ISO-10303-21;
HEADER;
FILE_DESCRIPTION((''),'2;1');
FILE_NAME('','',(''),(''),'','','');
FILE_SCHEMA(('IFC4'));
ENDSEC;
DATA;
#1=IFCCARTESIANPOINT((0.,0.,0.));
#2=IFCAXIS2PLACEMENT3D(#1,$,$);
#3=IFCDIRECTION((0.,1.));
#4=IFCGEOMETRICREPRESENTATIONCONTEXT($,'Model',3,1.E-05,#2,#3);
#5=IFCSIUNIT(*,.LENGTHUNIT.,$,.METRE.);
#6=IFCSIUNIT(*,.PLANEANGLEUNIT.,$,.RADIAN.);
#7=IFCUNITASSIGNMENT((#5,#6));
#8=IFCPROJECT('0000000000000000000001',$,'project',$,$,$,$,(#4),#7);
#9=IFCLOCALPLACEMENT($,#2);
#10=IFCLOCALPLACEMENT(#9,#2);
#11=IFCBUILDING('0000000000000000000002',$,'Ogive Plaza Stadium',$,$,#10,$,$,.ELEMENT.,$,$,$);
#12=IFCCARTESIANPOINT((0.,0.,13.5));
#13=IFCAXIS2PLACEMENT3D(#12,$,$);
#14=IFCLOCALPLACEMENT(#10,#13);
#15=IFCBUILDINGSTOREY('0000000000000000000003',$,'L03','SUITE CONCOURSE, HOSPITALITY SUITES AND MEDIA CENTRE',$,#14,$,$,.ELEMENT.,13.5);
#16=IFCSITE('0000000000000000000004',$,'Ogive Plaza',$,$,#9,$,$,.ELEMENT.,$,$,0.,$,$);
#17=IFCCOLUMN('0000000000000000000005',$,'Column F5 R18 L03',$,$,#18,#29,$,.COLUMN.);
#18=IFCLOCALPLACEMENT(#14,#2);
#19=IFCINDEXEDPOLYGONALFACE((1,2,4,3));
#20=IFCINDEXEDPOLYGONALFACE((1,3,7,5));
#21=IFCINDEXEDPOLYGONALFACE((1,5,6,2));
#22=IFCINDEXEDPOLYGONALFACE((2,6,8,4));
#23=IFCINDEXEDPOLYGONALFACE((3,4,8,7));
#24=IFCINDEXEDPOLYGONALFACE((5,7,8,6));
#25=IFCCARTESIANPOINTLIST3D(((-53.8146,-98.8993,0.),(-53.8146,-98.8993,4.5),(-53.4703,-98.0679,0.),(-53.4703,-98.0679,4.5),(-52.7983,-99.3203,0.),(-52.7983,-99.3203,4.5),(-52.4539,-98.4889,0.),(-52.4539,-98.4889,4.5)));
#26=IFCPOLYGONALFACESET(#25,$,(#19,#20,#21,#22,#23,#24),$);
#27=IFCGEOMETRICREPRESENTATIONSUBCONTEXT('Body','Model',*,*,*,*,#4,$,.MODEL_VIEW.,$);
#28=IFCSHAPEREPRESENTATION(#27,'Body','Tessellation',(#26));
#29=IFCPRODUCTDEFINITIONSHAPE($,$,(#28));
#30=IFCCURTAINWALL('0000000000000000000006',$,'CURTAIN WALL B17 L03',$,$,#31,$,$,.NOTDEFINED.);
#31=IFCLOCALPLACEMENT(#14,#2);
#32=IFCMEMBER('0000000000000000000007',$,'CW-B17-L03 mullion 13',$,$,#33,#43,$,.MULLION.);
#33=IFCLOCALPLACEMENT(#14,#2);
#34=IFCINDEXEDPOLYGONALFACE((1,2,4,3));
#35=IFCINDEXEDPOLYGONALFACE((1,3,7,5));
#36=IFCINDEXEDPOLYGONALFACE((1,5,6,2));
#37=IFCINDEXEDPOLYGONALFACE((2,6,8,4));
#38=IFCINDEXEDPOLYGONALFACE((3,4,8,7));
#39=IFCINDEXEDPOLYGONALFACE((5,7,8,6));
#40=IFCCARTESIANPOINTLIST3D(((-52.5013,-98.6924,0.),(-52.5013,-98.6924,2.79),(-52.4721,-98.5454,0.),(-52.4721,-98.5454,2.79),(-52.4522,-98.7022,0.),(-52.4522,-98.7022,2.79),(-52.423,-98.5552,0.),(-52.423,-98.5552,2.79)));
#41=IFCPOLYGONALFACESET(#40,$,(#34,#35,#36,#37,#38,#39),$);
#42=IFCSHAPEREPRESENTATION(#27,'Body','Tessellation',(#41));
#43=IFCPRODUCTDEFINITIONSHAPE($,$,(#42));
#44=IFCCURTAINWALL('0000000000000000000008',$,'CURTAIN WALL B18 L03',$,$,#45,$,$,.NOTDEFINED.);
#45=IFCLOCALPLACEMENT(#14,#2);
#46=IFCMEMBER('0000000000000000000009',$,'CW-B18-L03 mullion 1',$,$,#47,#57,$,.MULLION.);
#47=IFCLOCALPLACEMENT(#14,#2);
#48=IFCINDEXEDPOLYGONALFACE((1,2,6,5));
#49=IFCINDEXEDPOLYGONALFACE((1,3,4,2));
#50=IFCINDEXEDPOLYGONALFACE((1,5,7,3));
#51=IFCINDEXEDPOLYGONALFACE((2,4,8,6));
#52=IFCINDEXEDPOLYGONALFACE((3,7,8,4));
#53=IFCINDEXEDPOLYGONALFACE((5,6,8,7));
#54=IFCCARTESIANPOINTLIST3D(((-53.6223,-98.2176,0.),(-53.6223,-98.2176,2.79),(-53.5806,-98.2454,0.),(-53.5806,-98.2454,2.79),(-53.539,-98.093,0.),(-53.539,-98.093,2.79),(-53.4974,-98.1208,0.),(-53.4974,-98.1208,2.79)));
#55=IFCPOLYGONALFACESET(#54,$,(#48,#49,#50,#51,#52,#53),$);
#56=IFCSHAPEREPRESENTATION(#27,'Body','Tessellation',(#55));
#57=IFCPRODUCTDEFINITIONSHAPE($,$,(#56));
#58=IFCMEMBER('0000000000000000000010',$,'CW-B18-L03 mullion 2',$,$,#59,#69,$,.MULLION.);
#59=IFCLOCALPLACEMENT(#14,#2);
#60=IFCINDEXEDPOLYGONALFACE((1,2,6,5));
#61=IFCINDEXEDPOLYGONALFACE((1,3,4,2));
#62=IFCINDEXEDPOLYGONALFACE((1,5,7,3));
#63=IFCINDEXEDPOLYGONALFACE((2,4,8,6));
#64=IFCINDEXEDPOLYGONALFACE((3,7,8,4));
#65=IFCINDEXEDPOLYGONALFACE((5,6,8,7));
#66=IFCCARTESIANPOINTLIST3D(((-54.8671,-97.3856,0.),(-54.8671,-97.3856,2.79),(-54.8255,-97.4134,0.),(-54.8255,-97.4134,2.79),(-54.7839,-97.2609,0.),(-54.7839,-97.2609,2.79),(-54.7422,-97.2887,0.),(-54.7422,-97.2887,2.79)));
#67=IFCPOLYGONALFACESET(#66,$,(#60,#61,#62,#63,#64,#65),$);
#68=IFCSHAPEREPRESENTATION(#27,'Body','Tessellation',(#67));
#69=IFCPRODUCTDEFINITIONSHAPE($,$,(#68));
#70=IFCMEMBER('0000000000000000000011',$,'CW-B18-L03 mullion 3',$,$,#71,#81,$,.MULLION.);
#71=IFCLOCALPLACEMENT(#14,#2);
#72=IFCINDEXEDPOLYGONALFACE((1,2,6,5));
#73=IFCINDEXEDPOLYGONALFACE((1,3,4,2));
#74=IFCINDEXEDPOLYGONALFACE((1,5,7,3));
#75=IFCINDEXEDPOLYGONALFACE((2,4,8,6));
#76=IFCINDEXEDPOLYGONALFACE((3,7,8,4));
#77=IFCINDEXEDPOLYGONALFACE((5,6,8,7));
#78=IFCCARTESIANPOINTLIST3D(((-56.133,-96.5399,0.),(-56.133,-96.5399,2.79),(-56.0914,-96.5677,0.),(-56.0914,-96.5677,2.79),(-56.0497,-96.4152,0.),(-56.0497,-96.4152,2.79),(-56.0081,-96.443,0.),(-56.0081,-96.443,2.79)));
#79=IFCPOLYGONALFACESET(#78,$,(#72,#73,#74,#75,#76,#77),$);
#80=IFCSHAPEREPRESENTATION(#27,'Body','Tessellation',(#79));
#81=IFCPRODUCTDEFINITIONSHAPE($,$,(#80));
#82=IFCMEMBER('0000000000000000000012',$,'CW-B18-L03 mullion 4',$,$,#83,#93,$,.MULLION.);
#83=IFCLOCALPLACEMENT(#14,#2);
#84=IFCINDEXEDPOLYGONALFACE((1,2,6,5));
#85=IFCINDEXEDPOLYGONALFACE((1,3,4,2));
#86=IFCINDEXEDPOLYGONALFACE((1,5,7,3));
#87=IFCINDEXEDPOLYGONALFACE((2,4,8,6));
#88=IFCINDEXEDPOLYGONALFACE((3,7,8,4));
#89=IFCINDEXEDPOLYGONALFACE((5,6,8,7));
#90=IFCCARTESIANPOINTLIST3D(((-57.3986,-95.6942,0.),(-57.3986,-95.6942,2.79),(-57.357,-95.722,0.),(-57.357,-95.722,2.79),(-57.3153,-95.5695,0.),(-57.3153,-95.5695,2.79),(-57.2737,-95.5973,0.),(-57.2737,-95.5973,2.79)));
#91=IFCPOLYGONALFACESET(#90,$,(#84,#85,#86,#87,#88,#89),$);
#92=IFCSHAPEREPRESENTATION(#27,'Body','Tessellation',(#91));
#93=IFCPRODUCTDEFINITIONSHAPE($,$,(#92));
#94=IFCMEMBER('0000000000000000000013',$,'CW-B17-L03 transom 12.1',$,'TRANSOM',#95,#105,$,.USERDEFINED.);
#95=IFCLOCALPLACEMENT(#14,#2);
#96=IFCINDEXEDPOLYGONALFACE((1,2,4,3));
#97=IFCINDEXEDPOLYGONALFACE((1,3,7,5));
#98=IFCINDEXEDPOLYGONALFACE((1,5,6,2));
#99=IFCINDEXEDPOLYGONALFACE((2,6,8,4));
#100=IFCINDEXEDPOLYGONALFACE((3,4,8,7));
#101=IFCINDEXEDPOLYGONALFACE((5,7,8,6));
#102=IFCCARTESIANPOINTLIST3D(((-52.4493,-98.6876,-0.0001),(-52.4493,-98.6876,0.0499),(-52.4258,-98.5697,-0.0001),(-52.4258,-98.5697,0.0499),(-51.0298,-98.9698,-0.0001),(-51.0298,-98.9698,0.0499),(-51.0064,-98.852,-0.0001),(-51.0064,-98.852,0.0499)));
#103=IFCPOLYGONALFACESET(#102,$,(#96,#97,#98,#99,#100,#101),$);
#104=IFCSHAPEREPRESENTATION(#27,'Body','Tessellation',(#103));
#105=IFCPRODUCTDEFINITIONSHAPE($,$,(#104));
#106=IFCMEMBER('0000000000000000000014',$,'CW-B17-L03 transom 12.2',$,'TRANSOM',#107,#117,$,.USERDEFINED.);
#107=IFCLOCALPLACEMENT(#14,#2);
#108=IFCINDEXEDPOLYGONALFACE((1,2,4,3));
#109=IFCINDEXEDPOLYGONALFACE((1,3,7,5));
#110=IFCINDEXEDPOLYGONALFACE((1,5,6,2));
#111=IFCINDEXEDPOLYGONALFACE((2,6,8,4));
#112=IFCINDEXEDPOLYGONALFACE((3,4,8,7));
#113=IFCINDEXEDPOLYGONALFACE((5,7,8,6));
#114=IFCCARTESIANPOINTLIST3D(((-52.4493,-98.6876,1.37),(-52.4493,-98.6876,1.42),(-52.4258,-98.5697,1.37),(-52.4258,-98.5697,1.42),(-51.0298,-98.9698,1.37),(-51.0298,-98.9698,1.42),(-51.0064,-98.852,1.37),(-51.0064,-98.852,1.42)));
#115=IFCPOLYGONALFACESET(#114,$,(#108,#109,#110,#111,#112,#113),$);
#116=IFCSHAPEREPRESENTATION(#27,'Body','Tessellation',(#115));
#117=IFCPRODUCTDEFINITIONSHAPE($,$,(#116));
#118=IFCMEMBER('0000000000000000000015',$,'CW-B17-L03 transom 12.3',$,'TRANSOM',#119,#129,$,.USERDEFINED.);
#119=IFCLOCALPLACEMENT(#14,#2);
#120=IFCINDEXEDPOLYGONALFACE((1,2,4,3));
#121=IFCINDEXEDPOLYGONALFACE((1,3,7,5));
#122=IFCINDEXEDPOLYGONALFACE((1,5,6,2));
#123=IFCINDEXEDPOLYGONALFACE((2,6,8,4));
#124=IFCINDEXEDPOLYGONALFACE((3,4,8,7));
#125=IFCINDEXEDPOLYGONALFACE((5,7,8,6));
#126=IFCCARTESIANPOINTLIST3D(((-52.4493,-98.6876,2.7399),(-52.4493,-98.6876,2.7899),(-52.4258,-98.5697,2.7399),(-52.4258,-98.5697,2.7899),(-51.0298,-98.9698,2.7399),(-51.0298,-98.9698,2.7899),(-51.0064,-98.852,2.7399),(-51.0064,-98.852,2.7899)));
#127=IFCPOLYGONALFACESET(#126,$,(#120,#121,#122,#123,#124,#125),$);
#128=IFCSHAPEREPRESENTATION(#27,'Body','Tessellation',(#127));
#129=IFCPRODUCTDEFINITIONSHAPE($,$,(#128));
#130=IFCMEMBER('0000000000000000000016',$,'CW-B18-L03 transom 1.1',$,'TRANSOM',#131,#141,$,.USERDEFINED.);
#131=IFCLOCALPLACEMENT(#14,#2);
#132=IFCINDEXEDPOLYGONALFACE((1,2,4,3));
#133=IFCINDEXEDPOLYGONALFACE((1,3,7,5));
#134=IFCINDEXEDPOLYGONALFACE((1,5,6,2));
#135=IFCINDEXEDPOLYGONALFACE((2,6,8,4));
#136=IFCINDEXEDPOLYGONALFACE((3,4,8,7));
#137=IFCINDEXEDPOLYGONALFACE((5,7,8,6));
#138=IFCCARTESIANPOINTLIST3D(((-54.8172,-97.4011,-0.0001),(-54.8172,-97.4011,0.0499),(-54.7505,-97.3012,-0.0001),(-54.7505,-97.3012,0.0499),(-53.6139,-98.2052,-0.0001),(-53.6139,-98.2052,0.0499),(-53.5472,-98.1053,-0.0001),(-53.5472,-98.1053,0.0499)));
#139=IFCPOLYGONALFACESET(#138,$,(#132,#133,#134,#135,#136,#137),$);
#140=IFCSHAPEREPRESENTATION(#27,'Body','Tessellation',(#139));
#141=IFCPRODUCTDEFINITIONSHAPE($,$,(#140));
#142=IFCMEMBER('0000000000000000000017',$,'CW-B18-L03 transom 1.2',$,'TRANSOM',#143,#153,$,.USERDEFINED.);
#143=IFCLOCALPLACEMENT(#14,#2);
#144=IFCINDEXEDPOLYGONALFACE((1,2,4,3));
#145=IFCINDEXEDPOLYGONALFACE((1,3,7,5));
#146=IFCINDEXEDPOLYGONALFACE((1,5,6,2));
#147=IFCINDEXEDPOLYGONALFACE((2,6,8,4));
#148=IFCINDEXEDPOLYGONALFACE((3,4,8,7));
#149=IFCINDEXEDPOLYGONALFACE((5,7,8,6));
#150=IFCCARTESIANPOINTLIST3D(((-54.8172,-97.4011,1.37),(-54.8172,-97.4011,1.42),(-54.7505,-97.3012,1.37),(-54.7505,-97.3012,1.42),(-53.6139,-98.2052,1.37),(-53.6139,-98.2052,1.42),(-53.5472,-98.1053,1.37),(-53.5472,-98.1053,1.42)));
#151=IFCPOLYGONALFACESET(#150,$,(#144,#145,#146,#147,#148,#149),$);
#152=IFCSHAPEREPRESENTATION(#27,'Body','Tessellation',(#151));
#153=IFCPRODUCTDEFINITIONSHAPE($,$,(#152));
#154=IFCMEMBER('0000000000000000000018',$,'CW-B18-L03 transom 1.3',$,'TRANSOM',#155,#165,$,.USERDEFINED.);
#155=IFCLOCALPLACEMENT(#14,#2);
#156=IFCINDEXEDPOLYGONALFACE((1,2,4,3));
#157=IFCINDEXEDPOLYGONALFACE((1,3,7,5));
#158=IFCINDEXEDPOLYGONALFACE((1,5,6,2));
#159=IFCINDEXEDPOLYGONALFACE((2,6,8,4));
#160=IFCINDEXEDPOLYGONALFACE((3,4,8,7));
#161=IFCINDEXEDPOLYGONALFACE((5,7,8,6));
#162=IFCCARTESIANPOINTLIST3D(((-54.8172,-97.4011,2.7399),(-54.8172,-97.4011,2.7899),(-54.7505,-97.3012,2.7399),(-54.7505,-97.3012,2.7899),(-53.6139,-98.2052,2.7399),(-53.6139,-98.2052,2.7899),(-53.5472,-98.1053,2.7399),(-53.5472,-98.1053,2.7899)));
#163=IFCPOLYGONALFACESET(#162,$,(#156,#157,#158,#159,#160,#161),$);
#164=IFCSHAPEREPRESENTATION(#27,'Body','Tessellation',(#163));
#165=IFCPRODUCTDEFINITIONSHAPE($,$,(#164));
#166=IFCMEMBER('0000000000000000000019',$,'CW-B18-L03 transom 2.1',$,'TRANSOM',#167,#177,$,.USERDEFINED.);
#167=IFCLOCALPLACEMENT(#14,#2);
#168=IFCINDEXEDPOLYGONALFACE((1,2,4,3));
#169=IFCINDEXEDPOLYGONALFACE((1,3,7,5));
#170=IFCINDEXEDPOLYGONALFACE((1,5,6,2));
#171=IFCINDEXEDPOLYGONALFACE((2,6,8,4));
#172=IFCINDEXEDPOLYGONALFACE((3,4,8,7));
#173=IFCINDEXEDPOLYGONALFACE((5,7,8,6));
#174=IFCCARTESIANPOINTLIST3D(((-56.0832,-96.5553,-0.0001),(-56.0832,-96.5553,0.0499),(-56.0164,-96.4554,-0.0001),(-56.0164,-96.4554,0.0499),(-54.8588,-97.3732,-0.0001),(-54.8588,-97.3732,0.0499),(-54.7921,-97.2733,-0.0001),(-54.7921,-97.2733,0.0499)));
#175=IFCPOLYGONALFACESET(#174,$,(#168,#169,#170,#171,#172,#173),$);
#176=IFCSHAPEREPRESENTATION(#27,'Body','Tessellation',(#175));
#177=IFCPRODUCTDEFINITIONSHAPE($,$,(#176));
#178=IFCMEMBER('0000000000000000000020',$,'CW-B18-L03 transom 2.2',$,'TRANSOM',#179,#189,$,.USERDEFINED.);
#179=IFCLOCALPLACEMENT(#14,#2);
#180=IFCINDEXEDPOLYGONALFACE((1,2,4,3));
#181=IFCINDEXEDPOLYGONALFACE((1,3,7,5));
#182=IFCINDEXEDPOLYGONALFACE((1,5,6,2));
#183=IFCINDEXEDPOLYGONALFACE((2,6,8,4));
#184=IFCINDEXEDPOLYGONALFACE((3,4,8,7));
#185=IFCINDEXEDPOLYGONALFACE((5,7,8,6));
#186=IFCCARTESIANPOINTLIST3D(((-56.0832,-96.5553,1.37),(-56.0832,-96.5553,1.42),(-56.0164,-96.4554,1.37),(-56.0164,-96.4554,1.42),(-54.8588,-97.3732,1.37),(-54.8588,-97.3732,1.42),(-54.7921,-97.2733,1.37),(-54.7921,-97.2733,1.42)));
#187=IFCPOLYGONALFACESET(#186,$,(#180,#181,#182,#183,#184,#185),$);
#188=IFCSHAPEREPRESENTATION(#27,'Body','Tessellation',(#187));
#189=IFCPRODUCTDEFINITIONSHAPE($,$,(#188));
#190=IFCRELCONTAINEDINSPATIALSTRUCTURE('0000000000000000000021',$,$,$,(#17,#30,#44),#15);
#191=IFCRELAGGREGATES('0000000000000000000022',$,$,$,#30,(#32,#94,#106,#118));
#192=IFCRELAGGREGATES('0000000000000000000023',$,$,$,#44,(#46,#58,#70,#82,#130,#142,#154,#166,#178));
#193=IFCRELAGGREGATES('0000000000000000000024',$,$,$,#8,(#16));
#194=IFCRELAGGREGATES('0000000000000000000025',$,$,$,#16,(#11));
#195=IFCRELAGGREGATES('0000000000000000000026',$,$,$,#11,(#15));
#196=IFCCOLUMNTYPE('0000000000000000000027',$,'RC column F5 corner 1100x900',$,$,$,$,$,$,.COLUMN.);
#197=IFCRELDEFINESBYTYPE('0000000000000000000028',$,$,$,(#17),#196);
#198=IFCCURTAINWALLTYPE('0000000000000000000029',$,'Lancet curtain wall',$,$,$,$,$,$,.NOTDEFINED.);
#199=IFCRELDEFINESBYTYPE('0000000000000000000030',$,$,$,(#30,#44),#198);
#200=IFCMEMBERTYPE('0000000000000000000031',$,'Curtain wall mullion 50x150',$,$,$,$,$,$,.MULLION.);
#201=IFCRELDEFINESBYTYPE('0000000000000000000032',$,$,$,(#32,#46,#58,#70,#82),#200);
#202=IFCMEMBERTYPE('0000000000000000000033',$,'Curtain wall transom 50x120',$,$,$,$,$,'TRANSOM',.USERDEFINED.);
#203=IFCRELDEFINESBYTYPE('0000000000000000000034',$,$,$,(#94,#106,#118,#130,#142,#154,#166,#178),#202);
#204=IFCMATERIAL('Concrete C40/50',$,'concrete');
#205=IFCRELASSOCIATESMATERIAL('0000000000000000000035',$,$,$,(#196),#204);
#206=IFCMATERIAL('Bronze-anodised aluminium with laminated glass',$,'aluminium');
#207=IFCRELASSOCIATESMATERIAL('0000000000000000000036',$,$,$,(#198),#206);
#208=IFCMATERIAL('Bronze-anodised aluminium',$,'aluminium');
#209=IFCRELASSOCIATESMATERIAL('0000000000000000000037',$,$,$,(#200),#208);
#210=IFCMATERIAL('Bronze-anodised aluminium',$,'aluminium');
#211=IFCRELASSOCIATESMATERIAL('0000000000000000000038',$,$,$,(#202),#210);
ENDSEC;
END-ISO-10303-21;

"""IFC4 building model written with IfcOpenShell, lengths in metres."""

from ifc_helpers import new_model, si_unit, direction, frame, origin, origin_2d, place, context, subcontext, project, spatial, rectangle, extrude, material, material_profile, profile_set, type_object, element, aggregate, save


model = new_model("IFC4")

# Units and contexts
model_context = context("Model", 3, precision=1e-05, world=origin(), true_north=direction((0.0, 1.0)))
body_context = subcontext(model_context, "Body", "Model", "MODEL_VIEW")
ifc_project = project(units=[si_unit("LENGTHUNIT", "METRE"), si_unit("PLANEANGLEUNIT", "RADIAN")], contexts=[model_context])

# Site, building, storey
site_placement = place(None, origin())
site = spatial("IfcSite", under=ifc_project, at=site_placement, Name="Ogive Plaza", CompositionType="ELEMENT", RefElevation=0.0)
building_placement = place(site_placement, origin())
building = spatial("IfcBuilding", under=site, at=building_placement, Name="Ogive Plaza Stadium", CompositionType="ELEMENT")
storey_placement = place(building_placement, frame((0.0, 0.0, 13.5)))
storey = spatial("IfcBuildingStorey", under=building, at=storey_placement, Name="L03", Description="SUITE CONCOURSE, HOSPITALITY SUITES AND MEDIA CENTRE", CompositionType="ELEMENT", Elevation=13.5)

# Column
ifc_material_1 = material(Name="Concrete C40/50", Category="concrete")
ifc_material_profile_1 = material_profile(ifc_material_1, rectangle(XDim=1.1001, YDim=0.8999, at=origin_2d()), Name="RC 1100x900")
ifc_profile_set_1 = profile_set([ifc_material_profile_1], Name="Concrete C40/50")
column_type = type_object("IfcColumnType", Name="RC column F5 corner 1100x900", PredefinedType="COLUMN", material=ifc_profile_set_1)
column_placement = place(storey_placement, frame((-53.1343, -98.6941, 0.0), z_axis=(0.0, 0.0, 1.0), x_axis=(0.92388, -0.382683, 0.0)))
element("IfcColumn", 1, at=column_placement, inside=storey, type_object=column_type, Name="Column F5 R18 L03", PredefinedType="COLUMN", context=body_context, shape_type="SweptSolid", body=[
    extrude(rectangle(XDim=1.1001, YDim=0.8999, at=origin_2d()), origin(), (0.0, 0.0, 1.0), 4.5),
])

# Curtain wall, member
ifc_material_2 = material(Name="Bronze-anodised aluminium with laminated glass", Category="aluminium")
curtain_wall_type = type_object("IfcCurtainWallType", Name="Lancet curtain wall", PredefinedType="NOTDEFINED", material=ifc_material_2)
curtain_wall_1_placement = place(storey_placement, origin())
curtain_wall_1 = element("IfcCurtainWall", 2, at=curtain_wall_1_placement, inside=storey, type_object=curtain_wall_type, Name="CURTAIN WALL B17 L03", PredefinedType="NOTDEFINED")
ifc_material_3 = material(Name="Bronze-anodised aluminium", Category="aluminium")
ifc_material_profile_2 = material_profile(ifc_material_3, rectangle(XDim=0.1499, YDim=0.05, at=origin_2d()), Name="AL 150x50")
ifc_profile_set_2 = profile_set([ifc_material_profile_2], Name="Bronze-anodised aluminium")
member_type_1 = type_object("IfcMemberType", Name="Curtain wall mullion 50x150", PredefinedType="MULLION", material=ifc_profile_set_2)
member_1_placement = place(storey_placement, frame((-52.4622, -98.6238, 0.0), z_axis=(0.0, 0.0, 1.0), x_axis=(-0.19509, -0.980785, 0.0)))
member_1 = element("IfcMember", 3, at=member_1_placement, type_object=member_type_1, Name="CW-B17-L03 mullion 13", PredefinedType="MULLION", context=body_context, shape_type="SweptSolid", body=[
    extrude(rectangle(XDim=0.1499, YDim=0.05, at=origin_2d()), origin(), (0.0, 0.0, 1.0), 2.79),
])

# Curtain wall, members
curtain_wall_2_placement = place(storey_placement, origin())
curtain_wall_2 = element("IfcCurtainWall", 4, at=curtain_wall_2_placement, inside=storey, type_object=curtain_wall_type, Name="CURTAIN WALL B18 L03", PredefinedType="NOTDEFINED")
member_2_placement = place(storey_placement, frame((-53.5598, -98.1692, 0.0), z_axis=(0.0, 0.0, 1.0), x_axis=(-0.55557, -0.83147, 0.0)))
member_2 = element("IfcMember", 5, at=member_2_placement, type_object=member_type_1, Name="CW-B18-L03 mullion 1", PredefinedType="MULLION", context=body_context, shape_type="SweptSolid", body=[
    extrude(rectangle(XDim=0.1499, YDim=0.05, at=origin_2d()), origin(), (0.0, 0.0, 1.0), 2.79),
])
member_3_placement = place(storey_placement, frame((-54.8047, -97.3372, 0.0), z_axis=(0.0, 0.0, 1.0), x_axis=(-0.55557, -0.83147, 0.0)))
member_3 = element("IfcMember", 6, at=member_3_placement, type_object=member_type_1, Name="CW-B18-L03 mullion 2", PredefinedType="MULLION", context=body_context, shape_type="SweptSolid", body=[
    extrude(rectangle(XDim=0.1499, YDim=0.05, at=origin_2d()), origin(), (0.0, 0.0, 1.0), 2.79),
])
member_4_placement = place(storey_placement, frame((-56.0706, -96.4915, 0.0), z_axis=(0.0, 0.0, 1.0), x_axis=(-0.55557, -0.83147, 0.0)))
member_4 = element("IfcMember", 7, at=member_4_placement, type_object=member_type_1, Name="CW-B18-L03 mullion 3", PredefinedType="MULLION", context=body_context, shape_type="SweptSolid", body=[
    extrude(rectangle(XDim=0.1499, YDim=0.05, at=origin_2d()), origin(), (0.0, 0.0, 1.0), 2.79),
])
member_5_placement = place(storey_placement, frame((-57.3362, -95.6458, 0.0), z_axis=(0.0, 0.0, 1.0), x_axis=(-0.55557, -0.83147, 0.0)))
member_5 = element("IfcMember", 8, at=member_5_placement, type_object=member_type_1, Name="CW-B18-L03 mullion 4", PredefinedType="MULLION", context=body_context, shape_type="SweptSolid", body=[
    extrude(rectangle(XDim=0.1499, YDim=0.05, at=origin_2d()), origin(), (0.0, 0.0, 1.0), 2.79),
])

# Members
ifc_material_4 = material(Name="Bronze-anodised aluminium", Category="aluminium")
ifc_material_profile_3 = material_profile(ifc_material_4, rectangle(XDim=0.1201, YDim=0.05, at=origin_2d()), Name="AL 120x50")
ifc_profile_set_3 = profile_set([ifc_material_profile_3], Name="Bronze-anodised aluminium")
member_type_2 = type_object("IfcMemberType", Name="Curtain wall transom 50x120", ElementType="TRANSOM", PredefinedType="USERDEFINED", material=ifc_profile_set_3)
member_6_placement = place(storey_placement, frame((-51.0181, -98.9109, 0.0249), z_axis=(-0.980801, 0.195013, 0.0), x_axis=(-0.195013, -0.980801, 0.0)))
member_6 = element("IfcMember", 9, at=member_6_placement, type_object=member_type_2, Name="CW-B17-L03 transom 12.1", ObjectType="TRANSOM", PredefinedType="USERDEFINED", context=body_context, shape_type="SweptSolid", body=[
    extrude(rectangle(XDim=0.1201, YDim=0.05, at=origin_2d()), origin(), (0.0, 0.0, 1.0), 1.4473),
])
member_7_placement = place(storey_placement, frame((-51.0181, -98.9109, 1.395), z_axis=(-0.980801, 0.195013, 0.0), x_axis=(-0.195013, -0.980801, 0.0)))
member_7 = element("IfcMember", 10, at=member_7_placement, type_object=member_type_2, Name="CW-B17-L03 transom 12.2", ObjectType="TRANSOM", PredefinedType="USERDEFINED", context=body_context, shape_type="SweptSolid", body=[
    extrude(rectangle(XDim=0.1201, YDim=0.05, at=origin_2d()), origin(), (0.0, 0.0, 1.0), 1.4473),
])
member_8_placement = place(storey_placement, frame((-51.0181, -98.9109, 2.7649), z_axis=(-0.980801, 0.195013, 0.0), x_axis=(-0.195013, -0.980801, 0.0)))
member_8 = element("IfcMember", 11, at=member_8_placement, type_object=member_type_2, Name="CW-B17-L03 transom 12.3", ObjectType="TRANSOM", PredefinedType="USERDEFINED", context=body_context, shape_type="SweptSolid", body=[
    extrude(rectangle(XDim=0.1201, YDim=0.05, at=origin_2d()), origin(), (0.0, 0.0, 1.0), 1.4473),
])
member_9_placement = place(storey_placement, frame((-53.5806, -98.1553, 0.0249), z_axis=(-0.831427, 0.555634, 0.0), x_axis=(-0.555634, -0.831427, 0.0)))
member_9 = element("IfcMember", 12, at=member_9_placement, type_object=member_type_2, Name="CW-B18-L03 transom 1.1", ObjectType="TRANSOM", PredefinedType="USERDEFINED", context=body_context, shape_type="SweptSolid", body=[
    extrude(rectangle(XDim=0.1201, YDim=0.05, at=origin_2d()), origin(), (0.0, 0.0, 1.0), 1.4473),
])
member_10_placement = place(storey_placement, frame((-53.5806, -98.1553, 1.395), z_axis=(-0.831427, 0.555634, 0.0), x_axis=(-0.555634, -0.831427, 0.0)))
member_10 = element("IfcMember", 13, at=member_10_placement, type_object=member_type_2, Name="CW-B18-L03 transom 1.2", ObjectType="TRANSOM", PredefinedType="USERDEFINED", context=body_context, shape_type="SweptSolid", body=[
    extrude(rectangle(XDim=0.1201, YDim=0.05, at=origin_2d()), origin(), (0.0, 0.0, 1.0), 1.4473),
])
member_11_placement = place(storey_placement, frame((-53.5806, -98.1553, 2.7649), z_axis=(-0.831427, 0.555634, 0.0), x_axis=(-0.555634, -0.831427, 0.0)))
member_11 = element("IfcMember", 14, at=member_11_placement, type_object=member_type_2, Name="CW-B18-L03 transom 1.3", ObjectType="TRANSOM", PredefinedType="USERDEFINED", context=body_context, shape_type="SweptSolid", body=[
    extrude(rectangle(XDim=0.1201, YDim=0.05, at=origin_2d()), origin(), (0.0, 0.0, 1.0), 1.4473),
])
member_12_placement = place(storey_placement, frame((-54.8254, -97.3232, 0.0249), z_axis=(-0.83154, 0.555465, 0.0), x_axis=(-0.555465, -0.83154, 0.0)))
member_12 = element("IfcMember", 15, at=member_12_placement, type_object=member_type_2, Name="CW-B18-L03 transom 2.1", ObjectType="TRANSOM", PredefinedType="USERDEFINED", context=body_context, shape_type="SweptSolid", body=[
    extrude(rectangle(XDim=0.1201, YDim=0.05, at=origin_2d()), origin(), (0.0, 0.0, 1.0), 1.4724),
])
member_13_placement = place(storey_placement, frame((-54.8254, -97.3232, 1.395), z_axis=(-0.83154, 0.555465, 0.0), x_axis=(-0.555465, -0.83154, 0.0)))
member_13 = element("IfcMember", 16, at=member_13_placement, type_object=member_type_2, Name="CW-B18-L03 transom 2.2", ObjectType="TRANSOM", PredefinedType="USERDEFINED", context=body_context, shape_type="SweptSolid", body=[
    extrude(rectangle(XDim=0.1201, YDim=0.05, at=origin_2d()), origin(), (0.0, 0.0, 1.0), 1.4724),
])

aggregate(curtain_wall_1, [member_1, member_6, member_7, member_8])
aggregate(curtain_wall_2, [member_2, member_3, member_4, member_5, member_9, member_10, member_11, member_12, member_13])

save(model, "model.ifc")
